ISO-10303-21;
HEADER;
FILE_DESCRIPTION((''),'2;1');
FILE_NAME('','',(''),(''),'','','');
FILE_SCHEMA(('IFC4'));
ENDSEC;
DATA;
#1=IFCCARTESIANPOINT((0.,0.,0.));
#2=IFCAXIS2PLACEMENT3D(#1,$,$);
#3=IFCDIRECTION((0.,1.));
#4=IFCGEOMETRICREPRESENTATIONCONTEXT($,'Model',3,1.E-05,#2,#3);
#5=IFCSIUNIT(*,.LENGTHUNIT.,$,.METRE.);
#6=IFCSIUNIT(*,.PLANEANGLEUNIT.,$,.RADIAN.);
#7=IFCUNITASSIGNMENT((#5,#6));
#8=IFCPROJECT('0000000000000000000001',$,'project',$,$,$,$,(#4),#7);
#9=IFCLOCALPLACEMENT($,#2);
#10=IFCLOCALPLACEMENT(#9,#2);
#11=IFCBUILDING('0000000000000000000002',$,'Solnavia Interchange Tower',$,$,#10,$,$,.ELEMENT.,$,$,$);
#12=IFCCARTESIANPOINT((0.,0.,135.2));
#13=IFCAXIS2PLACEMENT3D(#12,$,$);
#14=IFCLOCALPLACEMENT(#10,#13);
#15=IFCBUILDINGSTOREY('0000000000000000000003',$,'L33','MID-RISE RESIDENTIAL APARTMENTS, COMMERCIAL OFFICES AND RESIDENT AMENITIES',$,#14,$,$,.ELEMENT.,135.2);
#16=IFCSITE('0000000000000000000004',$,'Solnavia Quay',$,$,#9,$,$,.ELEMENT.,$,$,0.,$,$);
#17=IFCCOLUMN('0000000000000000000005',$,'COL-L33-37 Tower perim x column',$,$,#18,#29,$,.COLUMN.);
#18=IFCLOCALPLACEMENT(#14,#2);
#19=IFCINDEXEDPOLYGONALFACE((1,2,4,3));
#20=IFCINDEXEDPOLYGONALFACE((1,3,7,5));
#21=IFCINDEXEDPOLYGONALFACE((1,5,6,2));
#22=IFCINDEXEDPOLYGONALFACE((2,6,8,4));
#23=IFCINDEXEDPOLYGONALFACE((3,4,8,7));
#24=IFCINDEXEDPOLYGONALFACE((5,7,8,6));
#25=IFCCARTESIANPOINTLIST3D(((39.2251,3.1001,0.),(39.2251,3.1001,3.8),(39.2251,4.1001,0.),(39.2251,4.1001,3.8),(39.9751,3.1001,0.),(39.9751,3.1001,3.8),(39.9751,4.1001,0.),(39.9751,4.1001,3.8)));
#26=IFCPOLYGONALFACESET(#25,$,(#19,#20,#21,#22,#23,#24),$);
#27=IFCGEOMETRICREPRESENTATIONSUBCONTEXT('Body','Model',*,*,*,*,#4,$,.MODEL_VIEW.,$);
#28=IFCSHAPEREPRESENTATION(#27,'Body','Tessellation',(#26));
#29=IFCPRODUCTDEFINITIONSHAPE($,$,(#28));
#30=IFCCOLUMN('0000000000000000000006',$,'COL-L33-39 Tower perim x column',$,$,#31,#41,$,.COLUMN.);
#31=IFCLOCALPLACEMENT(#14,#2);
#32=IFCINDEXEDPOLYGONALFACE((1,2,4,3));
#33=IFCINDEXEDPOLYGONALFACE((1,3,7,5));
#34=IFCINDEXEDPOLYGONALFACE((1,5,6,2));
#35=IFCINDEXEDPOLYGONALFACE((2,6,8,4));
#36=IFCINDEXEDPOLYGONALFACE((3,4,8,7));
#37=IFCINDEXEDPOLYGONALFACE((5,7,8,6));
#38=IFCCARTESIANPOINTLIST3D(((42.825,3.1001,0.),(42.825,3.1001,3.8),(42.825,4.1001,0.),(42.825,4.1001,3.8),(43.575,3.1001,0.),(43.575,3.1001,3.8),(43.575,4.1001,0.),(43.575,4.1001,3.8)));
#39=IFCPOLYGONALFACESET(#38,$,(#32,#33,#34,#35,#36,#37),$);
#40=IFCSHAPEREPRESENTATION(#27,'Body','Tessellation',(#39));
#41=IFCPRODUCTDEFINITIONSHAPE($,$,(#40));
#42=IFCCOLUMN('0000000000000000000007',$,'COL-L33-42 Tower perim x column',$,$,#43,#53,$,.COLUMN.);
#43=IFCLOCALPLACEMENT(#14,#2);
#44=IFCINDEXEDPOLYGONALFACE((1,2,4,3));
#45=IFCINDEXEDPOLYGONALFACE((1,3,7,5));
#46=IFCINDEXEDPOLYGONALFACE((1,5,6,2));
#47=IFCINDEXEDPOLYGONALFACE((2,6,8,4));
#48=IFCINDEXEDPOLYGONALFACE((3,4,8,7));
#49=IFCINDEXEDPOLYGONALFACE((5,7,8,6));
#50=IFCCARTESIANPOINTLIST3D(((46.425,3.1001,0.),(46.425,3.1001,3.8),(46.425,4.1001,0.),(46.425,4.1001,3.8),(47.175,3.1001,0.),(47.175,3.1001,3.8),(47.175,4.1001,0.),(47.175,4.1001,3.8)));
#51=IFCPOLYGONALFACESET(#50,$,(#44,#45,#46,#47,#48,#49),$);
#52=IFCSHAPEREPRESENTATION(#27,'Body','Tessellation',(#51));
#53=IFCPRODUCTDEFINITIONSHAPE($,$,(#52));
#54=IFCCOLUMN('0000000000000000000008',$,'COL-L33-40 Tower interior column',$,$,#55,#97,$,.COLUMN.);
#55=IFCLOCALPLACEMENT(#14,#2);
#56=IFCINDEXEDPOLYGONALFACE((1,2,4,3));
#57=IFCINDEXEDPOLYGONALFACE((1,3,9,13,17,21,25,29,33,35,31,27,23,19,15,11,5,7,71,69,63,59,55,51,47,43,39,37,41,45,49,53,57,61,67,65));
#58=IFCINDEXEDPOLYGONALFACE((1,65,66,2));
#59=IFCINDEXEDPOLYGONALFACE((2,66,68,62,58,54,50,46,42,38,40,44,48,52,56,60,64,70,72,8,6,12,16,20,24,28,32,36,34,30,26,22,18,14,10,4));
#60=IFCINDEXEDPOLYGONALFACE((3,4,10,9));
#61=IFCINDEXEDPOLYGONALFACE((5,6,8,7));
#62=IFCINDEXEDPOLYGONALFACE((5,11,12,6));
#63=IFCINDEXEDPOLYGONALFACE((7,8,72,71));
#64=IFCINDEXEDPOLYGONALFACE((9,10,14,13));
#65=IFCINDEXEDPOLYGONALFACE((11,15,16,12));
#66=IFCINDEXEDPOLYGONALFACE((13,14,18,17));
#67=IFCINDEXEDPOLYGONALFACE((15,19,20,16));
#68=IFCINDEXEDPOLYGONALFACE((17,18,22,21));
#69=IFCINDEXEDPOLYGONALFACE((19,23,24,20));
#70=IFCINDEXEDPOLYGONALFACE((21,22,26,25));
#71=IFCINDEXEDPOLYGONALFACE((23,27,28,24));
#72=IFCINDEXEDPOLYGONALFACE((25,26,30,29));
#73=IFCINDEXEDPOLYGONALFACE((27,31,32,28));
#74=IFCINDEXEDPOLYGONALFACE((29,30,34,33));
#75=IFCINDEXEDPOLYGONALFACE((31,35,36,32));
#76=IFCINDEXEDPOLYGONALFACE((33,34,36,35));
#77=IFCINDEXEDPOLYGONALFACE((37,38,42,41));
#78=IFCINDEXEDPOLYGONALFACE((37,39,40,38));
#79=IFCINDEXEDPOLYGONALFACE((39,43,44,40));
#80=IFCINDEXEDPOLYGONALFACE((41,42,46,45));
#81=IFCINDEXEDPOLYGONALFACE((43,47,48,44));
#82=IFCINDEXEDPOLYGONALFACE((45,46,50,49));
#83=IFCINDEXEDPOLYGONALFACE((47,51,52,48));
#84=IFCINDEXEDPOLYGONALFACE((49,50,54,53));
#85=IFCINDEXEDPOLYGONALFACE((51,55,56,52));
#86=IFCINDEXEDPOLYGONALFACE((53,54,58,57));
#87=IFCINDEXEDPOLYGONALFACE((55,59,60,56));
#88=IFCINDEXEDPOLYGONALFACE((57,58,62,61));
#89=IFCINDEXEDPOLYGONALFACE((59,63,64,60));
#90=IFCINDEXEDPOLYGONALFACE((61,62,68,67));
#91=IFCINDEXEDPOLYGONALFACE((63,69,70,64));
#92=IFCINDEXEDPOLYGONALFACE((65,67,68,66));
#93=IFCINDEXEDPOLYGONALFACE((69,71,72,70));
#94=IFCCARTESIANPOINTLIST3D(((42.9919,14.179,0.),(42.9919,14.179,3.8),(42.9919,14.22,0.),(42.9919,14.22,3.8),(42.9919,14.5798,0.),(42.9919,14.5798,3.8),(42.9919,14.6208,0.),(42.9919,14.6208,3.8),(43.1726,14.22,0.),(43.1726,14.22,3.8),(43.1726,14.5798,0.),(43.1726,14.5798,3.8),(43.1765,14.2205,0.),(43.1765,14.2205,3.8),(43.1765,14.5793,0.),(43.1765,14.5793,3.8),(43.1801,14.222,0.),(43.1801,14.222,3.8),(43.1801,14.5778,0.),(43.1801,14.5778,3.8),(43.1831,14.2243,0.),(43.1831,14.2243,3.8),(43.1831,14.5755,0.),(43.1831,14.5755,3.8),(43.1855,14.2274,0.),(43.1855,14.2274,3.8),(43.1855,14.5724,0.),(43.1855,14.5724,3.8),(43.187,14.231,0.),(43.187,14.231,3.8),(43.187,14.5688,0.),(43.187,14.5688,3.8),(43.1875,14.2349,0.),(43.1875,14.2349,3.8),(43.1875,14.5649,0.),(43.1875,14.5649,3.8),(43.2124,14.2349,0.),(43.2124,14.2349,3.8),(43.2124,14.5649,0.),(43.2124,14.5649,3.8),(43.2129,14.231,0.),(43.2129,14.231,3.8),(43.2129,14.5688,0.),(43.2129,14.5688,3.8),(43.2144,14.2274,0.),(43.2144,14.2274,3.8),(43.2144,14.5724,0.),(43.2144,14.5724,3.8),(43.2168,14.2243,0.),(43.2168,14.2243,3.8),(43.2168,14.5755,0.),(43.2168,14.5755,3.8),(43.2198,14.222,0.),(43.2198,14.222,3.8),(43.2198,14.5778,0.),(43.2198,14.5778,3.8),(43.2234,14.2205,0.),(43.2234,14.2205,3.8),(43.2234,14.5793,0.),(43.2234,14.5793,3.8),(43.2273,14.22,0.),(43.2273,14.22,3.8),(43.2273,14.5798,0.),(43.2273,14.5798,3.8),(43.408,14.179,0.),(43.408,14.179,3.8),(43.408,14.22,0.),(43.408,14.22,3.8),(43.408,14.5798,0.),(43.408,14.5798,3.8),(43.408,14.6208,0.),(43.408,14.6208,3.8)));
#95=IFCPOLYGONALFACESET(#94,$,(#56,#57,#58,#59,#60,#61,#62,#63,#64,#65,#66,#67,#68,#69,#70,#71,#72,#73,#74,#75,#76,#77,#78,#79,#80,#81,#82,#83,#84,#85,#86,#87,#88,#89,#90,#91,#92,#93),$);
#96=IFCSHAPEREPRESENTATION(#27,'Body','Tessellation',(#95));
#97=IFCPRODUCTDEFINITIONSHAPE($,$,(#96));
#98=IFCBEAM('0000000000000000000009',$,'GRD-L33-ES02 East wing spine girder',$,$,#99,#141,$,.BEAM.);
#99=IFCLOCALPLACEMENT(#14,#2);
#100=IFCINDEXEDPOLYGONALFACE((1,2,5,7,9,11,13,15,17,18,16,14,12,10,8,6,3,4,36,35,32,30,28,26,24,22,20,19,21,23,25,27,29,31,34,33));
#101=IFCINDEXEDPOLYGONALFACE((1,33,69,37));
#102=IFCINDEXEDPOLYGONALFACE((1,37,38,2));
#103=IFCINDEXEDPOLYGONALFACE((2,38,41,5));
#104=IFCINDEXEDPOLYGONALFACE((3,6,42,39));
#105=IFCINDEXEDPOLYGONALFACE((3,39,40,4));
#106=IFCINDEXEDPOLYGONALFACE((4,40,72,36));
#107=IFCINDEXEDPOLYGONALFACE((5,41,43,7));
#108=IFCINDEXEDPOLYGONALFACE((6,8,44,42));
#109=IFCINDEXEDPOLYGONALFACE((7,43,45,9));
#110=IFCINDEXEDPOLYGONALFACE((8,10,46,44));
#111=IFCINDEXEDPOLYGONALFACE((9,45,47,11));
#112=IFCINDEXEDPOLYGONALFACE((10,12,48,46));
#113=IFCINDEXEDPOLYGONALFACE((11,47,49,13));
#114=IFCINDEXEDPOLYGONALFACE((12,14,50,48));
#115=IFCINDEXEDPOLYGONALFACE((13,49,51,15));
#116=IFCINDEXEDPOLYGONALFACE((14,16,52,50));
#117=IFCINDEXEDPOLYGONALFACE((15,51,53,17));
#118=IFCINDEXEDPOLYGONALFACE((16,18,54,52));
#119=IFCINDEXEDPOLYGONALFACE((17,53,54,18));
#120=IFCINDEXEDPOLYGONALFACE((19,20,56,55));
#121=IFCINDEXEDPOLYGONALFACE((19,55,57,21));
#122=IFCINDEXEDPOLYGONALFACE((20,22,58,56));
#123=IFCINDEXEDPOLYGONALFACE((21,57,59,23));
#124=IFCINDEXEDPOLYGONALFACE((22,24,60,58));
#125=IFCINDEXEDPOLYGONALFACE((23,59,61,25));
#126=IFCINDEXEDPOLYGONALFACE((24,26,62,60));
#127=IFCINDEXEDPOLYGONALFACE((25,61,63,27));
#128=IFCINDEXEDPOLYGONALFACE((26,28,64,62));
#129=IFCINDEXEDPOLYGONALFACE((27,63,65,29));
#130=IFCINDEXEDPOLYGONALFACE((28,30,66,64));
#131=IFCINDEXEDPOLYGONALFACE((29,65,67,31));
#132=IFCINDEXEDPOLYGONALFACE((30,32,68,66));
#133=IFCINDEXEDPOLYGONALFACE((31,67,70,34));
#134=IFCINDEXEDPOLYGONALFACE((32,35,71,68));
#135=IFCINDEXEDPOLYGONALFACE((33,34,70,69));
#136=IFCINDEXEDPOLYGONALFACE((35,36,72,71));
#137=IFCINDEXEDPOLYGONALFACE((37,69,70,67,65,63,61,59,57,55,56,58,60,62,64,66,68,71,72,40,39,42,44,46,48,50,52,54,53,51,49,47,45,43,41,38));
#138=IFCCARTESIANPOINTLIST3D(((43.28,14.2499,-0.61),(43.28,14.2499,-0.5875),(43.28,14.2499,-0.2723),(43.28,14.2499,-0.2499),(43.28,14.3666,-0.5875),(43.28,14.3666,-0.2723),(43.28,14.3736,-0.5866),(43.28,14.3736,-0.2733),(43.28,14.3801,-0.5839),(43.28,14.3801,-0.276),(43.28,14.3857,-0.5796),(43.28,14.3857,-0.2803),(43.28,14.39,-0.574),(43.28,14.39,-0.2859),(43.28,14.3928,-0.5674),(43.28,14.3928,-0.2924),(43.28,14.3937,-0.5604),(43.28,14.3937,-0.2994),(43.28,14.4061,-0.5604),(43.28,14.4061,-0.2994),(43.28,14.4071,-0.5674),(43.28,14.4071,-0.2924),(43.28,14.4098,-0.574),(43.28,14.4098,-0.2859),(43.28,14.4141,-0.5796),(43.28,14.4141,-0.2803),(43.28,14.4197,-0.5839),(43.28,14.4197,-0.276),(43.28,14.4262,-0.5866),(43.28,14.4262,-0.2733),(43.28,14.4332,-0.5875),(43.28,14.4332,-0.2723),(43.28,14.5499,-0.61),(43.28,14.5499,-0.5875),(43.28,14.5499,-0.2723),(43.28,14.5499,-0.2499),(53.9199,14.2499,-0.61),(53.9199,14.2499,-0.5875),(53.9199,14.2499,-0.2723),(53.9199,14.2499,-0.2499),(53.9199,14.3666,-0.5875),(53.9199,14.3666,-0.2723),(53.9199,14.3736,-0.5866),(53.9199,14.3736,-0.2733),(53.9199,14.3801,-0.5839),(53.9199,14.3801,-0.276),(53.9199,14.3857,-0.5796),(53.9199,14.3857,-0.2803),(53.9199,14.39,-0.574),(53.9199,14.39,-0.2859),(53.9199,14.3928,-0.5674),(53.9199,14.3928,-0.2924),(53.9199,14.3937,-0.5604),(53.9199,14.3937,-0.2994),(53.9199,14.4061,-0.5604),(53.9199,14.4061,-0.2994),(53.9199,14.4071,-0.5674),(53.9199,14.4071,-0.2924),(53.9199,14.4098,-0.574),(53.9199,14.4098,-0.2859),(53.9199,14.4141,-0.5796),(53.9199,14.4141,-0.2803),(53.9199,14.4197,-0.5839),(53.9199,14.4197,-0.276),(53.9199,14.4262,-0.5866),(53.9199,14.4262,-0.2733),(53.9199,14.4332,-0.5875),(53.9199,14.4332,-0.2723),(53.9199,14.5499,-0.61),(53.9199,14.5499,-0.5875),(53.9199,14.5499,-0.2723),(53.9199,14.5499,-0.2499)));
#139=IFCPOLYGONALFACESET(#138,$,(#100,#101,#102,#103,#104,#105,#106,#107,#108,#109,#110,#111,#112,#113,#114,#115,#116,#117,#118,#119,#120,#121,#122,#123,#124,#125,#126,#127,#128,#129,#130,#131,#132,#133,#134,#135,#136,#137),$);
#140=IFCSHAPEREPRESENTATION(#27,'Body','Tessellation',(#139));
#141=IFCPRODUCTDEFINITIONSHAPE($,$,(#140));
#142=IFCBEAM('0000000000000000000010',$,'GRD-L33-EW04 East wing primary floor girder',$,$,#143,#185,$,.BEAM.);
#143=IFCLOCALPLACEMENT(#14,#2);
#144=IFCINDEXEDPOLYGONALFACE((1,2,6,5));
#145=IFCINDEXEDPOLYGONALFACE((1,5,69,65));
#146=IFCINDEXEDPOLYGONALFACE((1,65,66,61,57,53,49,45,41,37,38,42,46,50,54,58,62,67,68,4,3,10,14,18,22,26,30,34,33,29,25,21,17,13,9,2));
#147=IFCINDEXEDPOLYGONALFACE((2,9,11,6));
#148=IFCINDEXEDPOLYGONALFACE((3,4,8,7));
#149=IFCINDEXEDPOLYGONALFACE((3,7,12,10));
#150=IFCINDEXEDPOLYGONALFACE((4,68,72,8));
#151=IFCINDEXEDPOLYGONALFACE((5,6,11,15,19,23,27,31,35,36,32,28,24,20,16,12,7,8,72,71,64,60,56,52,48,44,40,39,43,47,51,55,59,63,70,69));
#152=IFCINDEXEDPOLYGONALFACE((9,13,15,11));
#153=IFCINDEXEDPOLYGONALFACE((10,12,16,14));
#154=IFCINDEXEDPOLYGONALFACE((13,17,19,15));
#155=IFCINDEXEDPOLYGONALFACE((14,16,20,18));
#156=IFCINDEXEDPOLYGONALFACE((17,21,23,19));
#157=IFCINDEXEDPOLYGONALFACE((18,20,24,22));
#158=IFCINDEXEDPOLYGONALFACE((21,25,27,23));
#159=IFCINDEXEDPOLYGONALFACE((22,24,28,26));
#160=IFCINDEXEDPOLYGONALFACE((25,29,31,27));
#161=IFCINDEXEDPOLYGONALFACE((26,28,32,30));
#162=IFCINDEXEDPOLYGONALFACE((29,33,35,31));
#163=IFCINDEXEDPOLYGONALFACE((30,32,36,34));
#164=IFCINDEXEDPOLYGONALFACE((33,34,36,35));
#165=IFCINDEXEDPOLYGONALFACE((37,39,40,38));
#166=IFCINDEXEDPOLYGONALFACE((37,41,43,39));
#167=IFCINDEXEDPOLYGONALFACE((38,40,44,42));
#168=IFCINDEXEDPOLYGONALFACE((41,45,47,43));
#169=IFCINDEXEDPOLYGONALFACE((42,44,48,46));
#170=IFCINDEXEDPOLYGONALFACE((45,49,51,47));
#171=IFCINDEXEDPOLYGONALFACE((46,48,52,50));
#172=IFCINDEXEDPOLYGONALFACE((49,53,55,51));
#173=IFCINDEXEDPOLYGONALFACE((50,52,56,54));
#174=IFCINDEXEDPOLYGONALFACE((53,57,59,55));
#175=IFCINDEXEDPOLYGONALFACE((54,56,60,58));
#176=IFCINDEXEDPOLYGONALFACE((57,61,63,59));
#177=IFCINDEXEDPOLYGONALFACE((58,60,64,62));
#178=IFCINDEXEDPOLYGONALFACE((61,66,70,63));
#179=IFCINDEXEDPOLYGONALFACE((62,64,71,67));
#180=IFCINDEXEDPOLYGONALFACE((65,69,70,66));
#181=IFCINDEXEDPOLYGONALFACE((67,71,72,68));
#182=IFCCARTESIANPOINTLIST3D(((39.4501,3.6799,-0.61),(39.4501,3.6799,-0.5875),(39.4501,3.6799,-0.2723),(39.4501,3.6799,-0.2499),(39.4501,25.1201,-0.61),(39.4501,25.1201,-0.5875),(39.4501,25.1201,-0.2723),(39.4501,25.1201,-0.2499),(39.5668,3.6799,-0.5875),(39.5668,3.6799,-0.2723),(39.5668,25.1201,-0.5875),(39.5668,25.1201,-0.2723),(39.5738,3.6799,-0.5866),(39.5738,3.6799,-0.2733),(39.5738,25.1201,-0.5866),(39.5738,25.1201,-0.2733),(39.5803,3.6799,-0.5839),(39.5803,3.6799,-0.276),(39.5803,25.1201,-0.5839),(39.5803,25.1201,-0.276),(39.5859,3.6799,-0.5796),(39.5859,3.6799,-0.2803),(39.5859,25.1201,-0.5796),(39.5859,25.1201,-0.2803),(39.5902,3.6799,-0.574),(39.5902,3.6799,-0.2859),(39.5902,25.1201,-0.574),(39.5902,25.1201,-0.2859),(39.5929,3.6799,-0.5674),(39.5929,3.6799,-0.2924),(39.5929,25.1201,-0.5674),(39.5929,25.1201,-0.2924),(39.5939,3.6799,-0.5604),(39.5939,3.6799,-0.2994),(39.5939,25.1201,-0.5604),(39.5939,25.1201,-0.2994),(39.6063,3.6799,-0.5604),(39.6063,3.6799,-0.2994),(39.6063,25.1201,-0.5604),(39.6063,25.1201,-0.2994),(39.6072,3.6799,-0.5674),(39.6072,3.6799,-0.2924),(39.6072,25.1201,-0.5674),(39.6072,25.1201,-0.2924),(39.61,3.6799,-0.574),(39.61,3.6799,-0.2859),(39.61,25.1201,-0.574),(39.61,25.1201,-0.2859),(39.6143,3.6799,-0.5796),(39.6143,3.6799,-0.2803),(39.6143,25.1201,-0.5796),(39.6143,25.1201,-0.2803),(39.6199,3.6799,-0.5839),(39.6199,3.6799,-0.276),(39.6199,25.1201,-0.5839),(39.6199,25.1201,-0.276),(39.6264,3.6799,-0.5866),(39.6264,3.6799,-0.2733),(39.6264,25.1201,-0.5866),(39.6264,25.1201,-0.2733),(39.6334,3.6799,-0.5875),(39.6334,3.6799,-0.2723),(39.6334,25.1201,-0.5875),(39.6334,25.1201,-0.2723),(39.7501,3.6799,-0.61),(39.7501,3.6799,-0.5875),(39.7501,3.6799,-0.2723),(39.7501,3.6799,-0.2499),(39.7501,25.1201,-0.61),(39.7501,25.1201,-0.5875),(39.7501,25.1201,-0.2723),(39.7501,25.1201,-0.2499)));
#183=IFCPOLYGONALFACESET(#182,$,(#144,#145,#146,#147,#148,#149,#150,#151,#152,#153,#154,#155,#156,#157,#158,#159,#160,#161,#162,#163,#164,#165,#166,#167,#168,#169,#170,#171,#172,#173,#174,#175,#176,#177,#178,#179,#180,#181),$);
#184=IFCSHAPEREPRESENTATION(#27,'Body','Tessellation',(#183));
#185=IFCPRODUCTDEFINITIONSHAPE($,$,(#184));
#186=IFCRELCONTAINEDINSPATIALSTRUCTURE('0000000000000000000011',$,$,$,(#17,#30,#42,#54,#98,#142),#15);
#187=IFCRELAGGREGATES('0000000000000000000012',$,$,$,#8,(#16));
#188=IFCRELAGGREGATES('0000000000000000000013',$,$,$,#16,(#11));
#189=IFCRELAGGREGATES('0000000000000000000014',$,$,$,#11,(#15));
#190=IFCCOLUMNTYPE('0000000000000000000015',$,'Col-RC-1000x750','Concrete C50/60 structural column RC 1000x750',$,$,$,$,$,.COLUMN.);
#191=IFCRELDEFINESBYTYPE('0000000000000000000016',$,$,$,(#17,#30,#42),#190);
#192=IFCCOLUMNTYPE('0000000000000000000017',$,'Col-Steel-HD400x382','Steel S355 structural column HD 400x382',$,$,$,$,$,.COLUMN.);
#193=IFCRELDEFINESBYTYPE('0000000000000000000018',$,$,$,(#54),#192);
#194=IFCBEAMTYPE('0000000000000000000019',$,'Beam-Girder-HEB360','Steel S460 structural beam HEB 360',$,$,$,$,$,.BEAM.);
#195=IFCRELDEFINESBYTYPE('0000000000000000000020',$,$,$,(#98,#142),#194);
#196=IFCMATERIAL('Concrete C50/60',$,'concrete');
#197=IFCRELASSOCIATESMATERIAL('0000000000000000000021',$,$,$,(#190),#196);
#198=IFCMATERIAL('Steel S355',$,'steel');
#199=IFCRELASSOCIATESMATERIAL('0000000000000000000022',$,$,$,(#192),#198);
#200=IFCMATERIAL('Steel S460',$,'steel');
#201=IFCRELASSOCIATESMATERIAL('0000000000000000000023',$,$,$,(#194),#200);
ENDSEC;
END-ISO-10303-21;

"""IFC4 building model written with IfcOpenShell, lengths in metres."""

from ifc_helpers import new_model, si_unit, direction, frame, origin, origin_2d, place, context, subcontext, project, spatial, rectangle, i_section, extrude, material, material_profile, profile_set, type_object, element, save


model = new_model("IFC4")

# Units and contexts
model_context = context("Model", 3, precision=1e-05, world=origin(), true_north=direction((0.0, 1.0)))
body_context = subcontext(model_context, "Body", "Model", "MODEL_VIEW")
ifc_project = project(units=[si_unit("LENGTHUNIT", "METRE"), si_unit("PLANEANGLEUNIT", "RADIAN")], contexts=[model_context])

# Site, building, storey
site_placement = place(None, origin())
site = spatial("IfcSite", under=ifc_project, at=site_placement, Name="Solnavia Quay", CompositionType="ELEMENT", RefElevation=0.0)
building_placement = place(site_placement, origin())
building = spatial("IfcBuilding", under=site, at=building_placement, Name="Solnavia Interchange Tower", CompositionType="ELEMENT")
storey_placement = place(building_placement, frame((0.0, 0.0, 135.2)))
storey = spatial("IfcBuildingStorey", under=building, at=storey_placement, Name="L33", Description="MID-RISE RESIDENTIAL APARTMENTS, COMMERCIAL OFFICES AND RESIDENT AMENITIES", CompositionType="ELEMENT", Elevation=135.2)

# Columns
ifc_material_1 = material(Name="Concrete C50/60", Category="concrete")
ifc_material_profile_1 = material_profile(ifc_material_1, rectangle(XDim=0.75, YDim=1.0, at=origin_2d()), Name="RC 1000x750")
ifc_profile_set_1 = profile_set([ifc_material_profile_1], Name="Concrete C50/60")
column_type_1 = type_object("IfcColumnType", Name="Col-RC-1000x750", Description="Concrete C50/60 structural column RC 1000x750", PredefinedType="COLUMN", material=ifc_profile_set_1)
for number, where, z_axis, x_axis, name in (
    (1, (39.6001, 3.6001, 0.0), (0.0, 0.0, 1.0), (1.0, 0.0, 0.0), "COL-L33-37 Tower perim x column"),
    (2, (43.2, 3.6001, 0.0), (0.0, 0.0, 1.0), (1.0, 0.0, 0.0), "COL-L33-39 Tower perim x column"),
    (3, (46.8, 3.6001, 0.0), (0.0, 0.0, 1.0), (1.0, 0.0, 0.0), "COL-L33-42 Tower perim x column"),
):
    element("IfcColumn", number, at=place(storey_placement, frame(where, z_axis=z_axis, x_axis=x_axis)), inside=storey, type_object=column_type_1, Name=name, PredefinedType="COLUMN", context=body_context, shape_type="SweptSolid", body=[
        extrude(rectangle(XDim=0.75, YDim=1.0, at=origin_2d()), origin(), (0.0, 0.0, 1.0), 3.8),
    ])
ifc_material_2 = material(Name="Steel S355", Category="steel")
ifc_material_profile_2 = material_profile(ifc_material_2, i_section(OverallWidth=0.416, OverallDepth=0.4419, WebThickness=0.0249, FlangeThickness=0.041, FilletRadius=0.0149, at=origin_2d()), Name="HD 400x382")
ifc_profile_set_2 = profile_set([ifc_material_profile_2], Name="Steel S355")
column_type_2 = type_object("IfcColumnType", Name="Col-Steel-HD400x382", Description="Steel S355 structural column HD 400x382", PredefinedType="COLUMN", material=ifc_profile_set_2)
column_placement = place(storey_placement, frame((43.2, 14.3999, 0.0), z_axis=(0.0, 0.0, 1.0), x_axis=(1.0, 0.0, 0.0)))
element("IfcColumn", 4, at=column_placement, inside=storey, type_object=column_type_2, Name="COL-L33-40 Tower interior column", PredefinedType="COLUMN", context=body_context, shape_type="SweptSolid", body=[
    extrude(i_section(OverallWidth=0.416, OverallDepth=0.4419, WebThickness=0.0249, FlangeThickness=0.041, FilletRadius=0.0149, at=origin_2d()), origin(), (0.0, 0.0, 1.0), 3.8),
])

# Beams
ifc_material_3 = material(Name="Steel S460", Category="steel")
ifc_material_profile_3 = material_profile(ifc_material_3, i_section(OverallWidth=0.3, OverallDepth=0.3601, WebThickness=0.0125, FlangeThickness=0.0225, FilletRadius=0.0271, at=origin_2d()), Name="HEB 360")
ifc_profile_set_3 = profile_set([ifc_material_profile_3], Name="Steel S460")
beam_type_1 = type_object("IfcBeamType", Name="Beam-Girder-HEB360", Description="Steel S460 structural beam HEB 360", PredefinedType="BEAM", material=ifc_profile_set_3)
beam_1_placement = place(storey_placement, frame((43.28, 14.3999, -0.4299), z_axis=(1.0, 0.0, 0.0), x_axis=(0.0, 1.0, 0.0)))
element("IfcBeam", 5, at=beam_1_placement, inside=storey, type_object=beam_type_1, Name="GRD-L33-ES02 East wing spine girder", PredefinedType="BEAM", context=body_context, shape_type="SweptSolid", body=[
    extrude(i_section(OverallWidth=0.3, OverallDepth=0.3601, WebThickness=0.0125, FlangeThickness=0.0225, FilletRadius=0.0271, at=origin_2d()), origin(), (0.0, 0.0, 1.0), 10.6399),
])
beam_2_placement = place(storey_placement, frame((39.6001, 3.6799, -0.4299), z_axis=(0.0, 1.0, 0.0), x_axis=(-1.0, 0.0, 0.0)))
element("IfcBeam", 6, at=beam_2_placement, inside=storey, type_object=beam_type_1, Name="GRD-L33-EW04 East wing primary floor girder", PredefinedType="BEAM", context=body_context, shape_type="SweptSolid", body=[
    extrude(i_section(OverallWidth=0.3, OverallDepth=0.3601, WebThickness=0.0125, FlangeThickness=0.0225, FilletRadius=0.0271, at=origin_2d()), origin(), (0.0, 0.0, 1.0), 21.4402),
])

save(model, "model.ifc")
